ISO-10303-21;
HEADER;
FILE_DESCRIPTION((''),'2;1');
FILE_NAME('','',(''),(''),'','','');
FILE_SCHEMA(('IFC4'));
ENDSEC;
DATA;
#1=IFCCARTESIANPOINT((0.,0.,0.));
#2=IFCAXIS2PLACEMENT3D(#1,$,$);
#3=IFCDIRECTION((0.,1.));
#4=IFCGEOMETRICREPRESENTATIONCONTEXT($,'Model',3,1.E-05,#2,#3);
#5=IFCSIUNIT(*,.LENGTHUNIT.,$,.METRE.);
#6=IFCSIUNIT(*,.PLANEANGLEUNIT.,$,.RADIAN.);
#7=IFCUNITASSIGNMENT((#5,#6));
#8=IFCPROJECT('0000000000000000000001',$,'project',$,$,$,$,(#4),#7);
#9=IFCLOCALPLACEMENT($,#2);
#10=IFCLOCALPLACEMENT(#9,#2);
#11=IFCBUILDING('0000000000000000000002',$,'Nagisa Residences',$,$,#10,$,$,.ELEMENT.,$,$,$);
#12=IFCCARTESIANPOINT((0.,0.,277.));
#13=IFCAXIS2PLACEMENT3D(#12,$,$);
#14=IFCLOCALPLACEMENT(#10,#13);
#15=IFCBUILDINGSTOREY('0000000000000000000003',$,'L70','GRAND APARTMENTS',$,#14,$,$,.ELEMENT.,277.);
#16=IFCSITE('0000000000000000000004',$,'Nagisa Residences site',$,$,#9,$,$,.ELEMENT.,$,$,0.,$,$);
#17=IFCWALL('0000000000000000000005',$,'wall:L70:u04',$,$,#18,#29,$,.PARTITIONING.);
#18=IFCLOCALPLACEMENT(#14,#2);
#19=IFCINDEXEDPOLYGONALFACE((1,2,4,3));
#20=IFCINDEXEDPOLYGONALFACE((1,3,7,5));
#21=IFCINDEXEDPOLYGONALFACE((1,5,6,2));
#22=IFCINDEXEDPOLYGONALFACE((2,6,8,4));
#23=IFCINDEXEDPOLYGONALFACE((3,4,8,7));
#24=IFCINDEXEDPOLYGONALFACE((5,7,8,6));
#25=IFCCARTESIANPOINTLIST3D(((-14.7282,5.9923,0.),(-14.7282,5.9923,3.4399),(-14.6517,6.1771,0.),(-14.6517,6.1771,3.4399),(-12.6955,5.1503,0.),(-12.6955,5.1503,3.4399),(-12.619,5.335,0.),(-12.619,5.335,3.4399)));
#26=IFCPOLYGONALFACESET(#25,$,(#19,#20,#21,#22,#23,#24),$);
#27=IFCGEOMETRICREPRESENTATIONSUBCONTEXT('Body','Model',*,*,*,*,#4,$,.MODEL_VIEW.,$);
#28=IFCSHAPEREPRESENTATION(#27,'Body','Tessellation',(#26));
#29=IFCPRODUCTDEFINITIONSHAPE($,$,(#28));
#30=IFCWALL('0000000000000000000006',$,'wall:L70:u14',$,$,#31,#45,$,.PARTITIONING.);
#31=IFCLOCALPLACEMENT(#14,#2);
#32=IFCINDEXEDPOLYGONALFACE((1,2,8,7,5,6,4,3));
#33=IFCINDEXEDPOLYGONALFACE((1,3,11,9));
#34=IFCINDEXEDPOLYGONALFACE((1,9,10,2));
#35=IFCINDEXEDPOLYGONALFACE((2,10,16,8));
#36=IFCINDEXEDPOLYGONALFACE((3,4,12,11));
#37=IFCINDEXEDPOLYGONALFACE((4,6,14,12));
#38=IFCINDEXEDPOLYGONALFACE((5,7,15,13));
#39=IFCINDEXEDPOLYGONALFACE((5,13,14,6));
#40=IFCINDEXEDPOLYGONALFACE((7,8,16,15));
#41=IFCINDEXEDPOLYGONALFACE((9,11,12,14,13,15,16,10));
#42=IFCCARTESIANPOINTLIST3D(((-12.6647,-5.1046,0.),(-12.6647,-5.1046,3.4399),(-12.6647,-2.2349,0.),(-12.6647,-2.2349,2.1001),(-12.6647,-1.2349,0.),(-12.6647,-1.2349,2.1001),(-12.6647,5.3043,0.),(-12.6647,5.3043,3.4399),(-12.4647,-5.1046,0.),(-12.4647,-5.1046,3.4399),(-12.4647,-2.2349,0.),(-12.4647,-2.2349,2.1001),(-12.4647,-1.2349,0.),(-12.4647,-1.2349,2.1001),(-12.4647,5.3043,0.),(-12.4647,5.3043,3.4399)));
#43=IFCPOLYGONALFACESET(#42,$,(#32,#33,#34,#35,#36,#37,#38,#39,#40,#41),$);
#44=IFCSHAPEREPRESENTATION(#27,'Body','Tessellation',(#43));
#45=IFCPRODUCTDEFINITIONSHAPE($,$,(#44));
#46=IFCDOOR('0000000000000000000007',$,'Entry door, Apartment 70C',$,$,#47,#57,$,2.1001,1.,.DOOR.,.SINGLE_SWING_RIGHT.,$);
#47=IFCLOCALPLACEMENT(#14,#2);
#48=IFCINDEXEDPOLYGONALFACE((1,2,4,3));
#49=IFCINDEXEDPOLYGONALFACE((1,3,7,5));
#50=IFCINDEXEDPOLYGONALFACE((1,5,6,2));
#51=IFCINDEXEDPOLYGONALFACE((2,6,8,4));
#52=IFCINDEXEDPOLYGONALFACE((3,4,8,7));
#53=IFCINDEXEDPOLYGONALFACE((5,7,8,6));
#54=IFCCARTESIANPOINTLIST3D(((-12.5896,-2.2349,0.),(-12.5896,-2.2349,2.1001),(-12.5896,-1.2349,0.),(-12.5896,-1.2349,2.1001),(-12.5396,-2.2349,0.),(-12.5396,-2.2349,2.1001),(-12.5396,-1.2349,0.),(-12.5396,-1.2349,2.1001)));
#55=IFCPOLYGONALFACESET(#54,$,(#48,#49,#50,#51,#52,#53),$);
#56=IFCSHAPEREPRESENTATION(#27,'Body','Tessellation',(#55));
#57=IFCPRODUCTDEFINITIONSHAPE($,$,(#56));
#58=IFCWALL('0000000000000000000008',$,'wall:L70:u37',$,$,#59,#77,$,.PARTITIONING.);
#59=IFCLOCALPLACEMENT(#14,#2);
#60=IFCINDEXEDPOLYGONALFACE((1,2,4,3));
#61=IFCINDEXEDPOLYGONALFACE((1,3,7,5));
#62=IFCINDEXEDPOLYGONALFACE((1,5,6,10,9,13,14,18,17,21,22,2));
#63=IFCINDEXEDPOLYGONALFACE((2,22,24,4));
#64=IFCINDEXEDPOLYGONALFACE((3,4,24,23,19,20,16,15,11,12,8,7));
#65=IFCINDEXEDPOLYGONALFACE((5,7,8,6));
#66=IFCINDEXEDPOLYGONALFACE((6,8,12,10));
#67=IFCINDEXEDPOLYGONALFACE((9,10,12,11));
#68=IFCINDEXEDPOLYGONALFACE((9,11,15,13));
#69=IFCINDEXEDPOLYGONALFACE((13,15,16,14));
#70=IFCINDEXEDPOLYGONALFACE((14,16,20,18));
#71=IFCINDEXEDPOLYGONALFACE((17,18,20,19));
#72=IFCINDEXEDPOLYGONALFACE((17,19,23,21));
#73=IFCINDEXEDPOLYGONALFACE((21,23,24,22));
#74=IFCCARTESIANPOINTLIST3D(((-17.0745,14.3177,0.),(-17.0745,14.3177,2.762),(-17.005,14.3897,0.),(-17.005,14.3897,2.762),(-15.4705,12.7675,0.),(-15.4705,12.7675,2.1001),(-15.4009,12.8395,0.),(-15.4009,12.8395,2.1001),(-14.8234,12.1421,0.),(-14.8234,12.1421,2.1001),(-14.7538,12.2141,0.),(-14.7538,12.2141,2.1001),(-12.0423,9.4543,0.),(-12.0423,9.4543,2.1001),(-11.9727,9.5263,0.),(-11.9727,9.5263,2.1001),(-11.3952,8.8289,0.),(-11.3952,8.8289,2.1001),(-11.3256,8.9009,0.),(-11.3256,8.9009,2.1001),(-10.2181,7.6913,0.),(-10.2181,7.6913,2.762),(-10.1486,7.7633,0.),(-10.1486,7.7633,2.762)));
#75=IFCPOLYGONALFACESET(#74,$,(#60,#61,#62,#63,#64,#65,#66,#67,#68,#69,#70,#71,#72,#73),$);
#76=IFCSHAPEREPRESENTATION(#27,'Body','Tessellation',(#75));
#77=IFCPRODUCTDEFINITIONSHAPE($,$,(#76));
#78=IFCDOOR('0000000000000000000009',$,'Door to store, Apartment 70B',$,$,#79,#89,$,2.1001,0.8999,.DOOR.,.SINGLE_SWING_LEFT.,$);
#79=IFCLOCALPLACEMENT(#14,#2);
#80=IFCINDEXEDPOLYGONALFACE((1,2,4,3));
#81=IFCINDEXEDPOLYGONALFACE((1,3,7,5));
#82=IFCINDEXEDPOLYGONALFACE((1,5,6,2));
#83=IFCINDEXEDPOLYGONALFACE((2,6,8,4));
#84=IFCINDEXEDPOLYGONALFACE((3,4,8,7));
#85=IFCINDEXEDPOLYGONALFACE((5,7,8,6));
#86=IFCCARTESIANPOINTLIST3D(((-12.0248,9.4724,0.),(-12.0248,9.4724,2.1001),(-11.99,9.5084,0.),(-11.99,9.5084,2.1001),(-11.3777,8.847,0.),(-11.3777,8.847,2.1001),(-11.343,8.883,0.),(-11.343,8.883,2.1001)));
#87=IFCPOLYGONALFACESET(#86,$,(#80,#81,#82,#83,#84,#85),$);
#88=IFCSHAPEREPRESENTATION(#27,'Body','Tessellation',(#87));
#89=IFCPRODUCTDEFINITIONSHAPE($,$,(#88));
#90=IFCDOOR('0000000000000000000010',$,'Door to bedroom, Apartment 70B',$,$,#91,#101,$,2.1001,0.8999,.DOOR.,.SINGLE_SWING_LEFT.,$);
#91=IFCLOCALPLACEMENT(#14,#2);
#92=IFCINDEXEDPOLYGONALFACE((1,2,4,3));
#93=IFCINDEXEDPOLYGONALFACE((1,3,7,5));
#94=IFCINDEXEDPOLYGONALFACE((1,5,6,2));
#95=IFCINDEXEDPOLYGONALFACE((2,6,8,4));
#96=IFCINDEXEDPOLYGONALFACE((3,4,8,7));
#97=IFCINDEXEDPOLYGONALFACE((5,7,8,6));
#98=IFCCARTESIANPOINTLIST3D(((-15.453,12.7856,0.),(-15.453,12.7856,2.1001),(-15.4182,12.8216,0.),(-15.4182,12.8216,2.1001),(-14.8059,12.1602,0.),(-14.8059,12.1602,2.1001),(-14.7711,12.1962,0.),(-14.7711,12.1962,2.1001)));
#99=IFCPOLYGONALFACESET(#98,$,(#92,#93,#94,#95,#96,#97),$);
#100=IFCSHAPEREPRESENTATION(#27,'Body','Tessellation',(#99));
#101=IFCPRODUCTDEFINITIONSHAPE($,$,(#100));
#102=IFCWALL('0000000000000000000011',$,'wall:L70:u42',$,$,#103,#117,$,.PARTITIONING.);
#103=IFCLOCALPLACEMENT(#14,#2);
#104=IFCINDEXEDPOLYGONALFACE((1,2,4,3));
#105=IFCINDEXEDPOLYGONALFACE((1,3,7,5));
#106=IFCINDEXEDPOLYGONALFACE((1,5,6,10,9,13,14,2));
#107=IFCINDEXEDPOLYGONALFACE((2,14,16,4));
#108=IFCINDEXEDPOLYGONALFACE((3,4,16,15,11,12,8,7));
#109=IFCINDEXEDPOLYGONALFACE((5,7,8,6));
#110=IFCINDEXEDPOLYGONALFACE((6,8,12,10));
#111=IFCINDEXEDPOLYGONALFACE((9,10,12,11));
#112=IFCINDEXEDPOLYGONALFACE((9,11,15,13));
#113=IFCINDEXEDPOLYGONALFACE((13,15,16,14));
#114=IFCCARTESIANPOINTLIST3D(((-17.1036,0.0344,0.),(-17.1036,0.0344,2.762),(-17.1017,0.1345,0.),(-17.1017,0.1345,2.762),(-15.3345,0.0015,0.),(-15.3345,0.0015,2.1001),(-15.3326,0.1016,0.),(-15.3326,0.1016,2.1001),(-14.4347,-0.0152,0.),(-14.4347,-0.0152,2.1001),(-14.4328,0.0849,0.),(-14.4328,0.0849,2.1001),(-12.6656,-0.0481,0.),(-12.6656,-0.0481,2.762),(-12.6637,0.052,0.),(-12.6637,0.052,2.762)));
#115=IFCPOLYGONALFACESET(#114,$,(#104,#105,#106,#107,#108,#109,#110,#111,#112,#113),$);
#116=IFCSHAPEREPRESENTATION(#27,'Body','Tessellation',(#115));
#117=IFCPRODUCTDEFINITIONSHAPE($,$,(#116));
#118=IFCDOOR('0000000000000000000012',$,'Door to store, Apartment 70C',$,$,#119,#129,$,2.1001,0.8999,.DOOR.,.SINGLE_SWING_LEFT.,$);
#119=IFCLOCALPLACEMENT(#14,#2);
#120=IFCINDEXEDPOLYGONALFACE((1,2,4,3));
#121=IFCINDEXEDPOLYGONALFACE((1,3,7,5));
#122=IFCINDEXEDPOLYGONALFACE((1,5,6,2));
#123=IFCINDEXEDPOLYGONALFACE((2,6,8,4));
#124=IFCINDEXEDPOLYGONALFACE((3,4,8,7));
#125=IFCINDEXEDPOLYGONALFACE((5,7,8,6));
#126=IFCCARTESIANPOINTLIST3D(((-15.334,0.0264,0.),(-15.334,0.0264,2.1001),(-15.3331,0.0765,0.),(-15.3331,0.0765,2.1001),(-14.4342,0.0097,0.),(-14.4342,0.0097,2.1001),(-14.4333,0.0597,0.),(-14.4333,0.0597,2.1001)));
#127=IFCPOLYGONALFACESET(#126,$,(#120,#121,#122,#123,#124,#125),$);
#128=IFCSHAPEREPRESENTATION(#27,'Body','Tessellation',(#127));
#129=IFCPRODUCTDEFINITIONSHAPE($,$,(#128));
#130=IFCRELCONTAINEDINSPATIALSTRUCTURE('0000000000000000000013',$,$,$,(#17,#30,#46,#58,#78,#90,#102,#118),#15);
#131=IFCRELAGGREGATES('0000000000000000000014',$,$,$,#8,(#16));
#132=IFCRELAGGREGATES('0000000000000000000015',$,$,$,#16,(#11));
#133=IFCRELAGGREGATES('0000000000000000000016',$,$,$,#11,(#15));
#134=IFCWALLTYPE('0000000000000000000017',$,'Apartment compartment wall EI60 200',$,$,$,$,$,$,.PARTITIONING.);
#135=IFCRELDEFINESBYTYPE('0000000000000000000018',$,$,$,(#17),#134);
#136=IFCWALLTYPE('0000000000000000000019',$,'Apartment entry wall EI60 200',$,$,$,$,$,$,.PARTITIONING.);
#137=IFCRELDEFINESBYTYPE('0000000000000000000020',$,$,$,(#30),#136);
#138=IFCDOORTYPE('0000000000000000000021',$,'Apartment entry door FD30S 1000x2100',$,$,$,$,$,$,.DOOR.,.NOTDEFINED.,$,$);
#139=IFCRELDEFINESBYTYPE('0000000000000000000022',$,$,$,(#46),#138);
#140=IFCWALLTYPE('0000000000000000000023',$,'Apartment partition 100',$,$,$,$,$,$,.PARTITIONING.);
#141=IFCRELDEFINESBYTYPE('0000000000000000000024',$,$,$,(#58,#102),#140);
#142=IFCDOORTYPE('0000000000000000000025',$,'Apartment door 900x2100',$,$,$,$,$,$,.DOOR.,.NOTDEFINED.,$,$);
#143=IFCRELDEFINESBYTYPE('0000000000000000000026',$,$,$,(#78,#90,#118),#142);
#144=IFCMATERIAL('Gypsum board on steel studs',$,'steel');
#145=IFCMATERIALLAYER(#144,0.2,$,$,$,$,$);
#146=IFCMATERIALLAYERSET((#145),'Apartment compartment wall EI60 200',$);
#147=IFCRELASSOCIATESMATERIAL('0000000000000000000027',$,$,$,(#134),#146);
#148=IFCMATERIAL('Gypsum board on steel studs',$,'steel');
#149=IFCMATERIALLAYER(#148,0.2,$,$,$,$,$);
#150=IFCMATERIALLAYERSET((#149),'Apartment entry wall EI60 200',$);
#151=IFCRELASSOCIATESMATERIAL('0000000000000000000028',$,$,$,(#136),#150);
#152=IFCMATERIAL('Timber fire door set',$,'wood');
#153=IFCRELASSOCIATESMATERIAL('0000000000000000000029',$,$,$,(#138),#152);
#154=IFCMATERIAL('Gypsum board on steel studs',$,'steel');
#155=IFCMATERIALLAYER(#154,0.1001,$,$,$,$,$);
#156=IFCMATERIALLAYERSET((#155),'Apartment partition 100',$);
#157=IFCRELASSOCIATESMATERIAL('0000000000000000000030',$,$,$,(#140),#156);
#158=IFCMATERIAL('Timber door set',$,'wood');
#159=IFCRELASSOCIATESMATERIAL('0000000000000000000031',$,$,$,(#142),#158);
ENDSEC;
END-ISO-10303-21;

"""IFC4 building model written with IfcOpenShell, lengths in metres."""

from ifc_helpers import new_model, si_unit, direction, frame, frame_2d, origin, place, context, subcontext, project, spatial, rectangle, extrude, material, layer, layer_set, type_object, element, fill, save


model = new_model("IFC4")

# Units and contexts
model_context = context("Model", 3, precision=1e-05, world=origin(), true_north=direction((0.0, 1.0)))
body_context = subcontext(model_context, "Body", "Model", "MODEL_VIEW")
ifc_project = project(units=[si_unit("LENGTHUNIT", "METRE"), si_unit("PLANEANGLEUNIT", "RADIAN")], contexts=[model_context])

# Site, building, storey
site_placement = place(None, origin())
site = spatial("IfcSite", under=ifc_project, at=site_placement, Name="Nagisa Residences site", CompositionType="ELEMENT", RefElevation=0.0)
building_placement = place(site_placement, origin())
building = spatial("IfcBuilding", under=site, at=building_placement, Name="Nagisa Residences", CompositionType="ELEMENT")
storey_placement = place(building_placement, frame((0.0, 0.0, 277.0)))
storey = spatial("IfcBuildingStorey", under=building, at=storey_placement, Name="L70", Description="GRAND APARTMENTS", CompositionType="ELEMENT", Elevation=277.0)

# Wall
ifc_material_1 = material(Name="Gypsum board on steel studs", Category="steel")
ifc_layer_1 = layer(ifc_material_1, 0.2)
ifc_layer_set_1 = layer_set([ifc_layer_1], Name="Apartment compartment wall EI60 200")
wall_type_1 = type_object("IfcWallType", Name="Apartment compartment wall EI60 200", PredefinedType="PARTITIONING", material=ifc_layer_set_1)
wall_1_placement = place(storey_placement, frame((-12.6572, 5.2427, 0.0), z_axis=(0.0, 0.0, 1.0), x_axis=(-0.923869, 0.382708, 0.0)))
element("IfcWall", 1, at=wall_1_placement, inside=storey, type_object=wall_type_1, Name="wall:L70:u04", PredefinedType="PARTITIONING", context=body_context, shape_type="SweptSolid", body=[
    extrude(rectangle(XDim=2.2002, YDim=0.2, at=frame_2d((1.1001, 0.0))), origin(), (0.0, 0.0, 1.0), 3.4399),
])

# Wall, opening, door
ifc_material_2 = material(Name="Gypsum board on steel studs", Category="steel")
ifc_layer_2 = layer(ifc_material_2, 0.2)
ifc_layer_set_2 = layer_set([ifc_layer_2], Name="Apartment entry wall EI60 200")
wall_type_2 = type_object("IfcWallType", Name="Apartment entry wall EI60 200", PredefinedType="PARTITIONING", material=ifc_layer_set_2)
wall_2_placement = place(storey_placement, frame((-12.5647, 5.3044, 0.0), z_axis=(0.0, 0.0, 1.0), x_axis=(0.0, -1.0, 0.0)))
wall_2 = element("IfcWall", 2, at=wall_2_placement, inside=storey, type_object=wall_type_2, Name="wall:L70:u14", PredefinedType="PARTITIONING", context=body_context, shape_type="SweptSolid", body=[
    extrude(rectangle(XDim=10.4089, YDim=0.2, at=frame_2d((5.2046, 0.0))), origin(), (0.0, 0.0, 1.0), 3.4399),
])
opening_1_placement = place(wall_2_placement, frame((6.5393, 0.0, 0.0)))
opening_1 = element("IfcOpeningElement", 3, at=opening_1_placement, cuts=wall_2, PredefinedType="OPENING", context=body_context, shape_type="SweptSolid", body=[
    extrude(rectangle(XDim=1.0, YDim=2.1001, at=frame_2d((0.5, 1.05))), frame((0.0, 0.1099, 0.0), z_axis=(0.0, -1.0, 0.0), x_axis=(1.0, 0.0, 0.0)), (0.0, 0.0, 1.0), 0.22),
])
ifc_material_3 = material(Name="Timber fire door set", Category="wood")
door_type_1 = type_object("IfcDoorType", Name="Apartment entry door FD30S 1000x2100", OperationType="NOTDEFINED", PredefinedType="DOOR", material=ifc_material_3)
door_1_placement = place(opening_1_placement, frame((1.0, 0.0, 0.0), x_axis=(-1.0, 0.0, 0.0)))
door_1 = element("IfcDoor", 4, at=door_1_placement, inside=storey, type_object=door_type_1, Name="Entry door, Apartment 70C", OperationType="SINGLE_SWING_RIGHT", OverallHeight=2.1001, OverallWidth=1.0, PredefinedType="DOOR", context=body_context, shape_type="SweptSolid", body=[
    extrude(rectangle(XDim=1.0, YDim=2.1001, at=frame_2d((0.5, 1.05))), frame((0.0, 0.0249, 0.0), z_axis=(0.0, -1.0, 0.0), x_axis=(1.0, 0.0, 0.0)), (0.0, 0.0, 1.0), 0.05),
])
fill(opening_1, door_1)

# Wall, openings, doors
ifc_material_4 = material(Name="Gypsum board on steel studs", Category="steel")
ifc_layer_3 = layer(ifc_material_4, 0.1001)
ifc_layer_set_3 = layer_set([ifc_layer_3], Name="Apartment partition 100")
wall_type_3 = type_object("IfcWallType", Name="Apartment partition 100", PredefinedType="PARTITIONING", material=ifc_layer_set_3)
wall_3_placement = place(storey_placement, frame((-10.1833, 7.7273, 0.0), z_axis=(0.0, 0.0, 1.0), x_axis=(-0.719063, 0.694944, 0.0)))
wall_3 = element("IfcWall", 5, at=wall_3_placement, inside=storey, type_object=wall_type_3, Name="wall:L70:u37", PredefinedType="PARTITIONING", context=body_context, shape_type="SweptSolid", body=[
    extrude(rectangle(XDim=9.5352, YDim=0.1001, at=frame_2d((4.7676, 0.0))), origin(), (0.0, 0.0, 1.0), 2.762),
])
opening_2_placement = place(wall_3_placement, frame((1.637, 0.0, 0.0)))
opening_2 = element("IfcOpeningElement", 6, at=opening_2_placement, cuts=wall_3, PredefinedType="OPENING", context=body_context, shape_type="SweptSolid", body=[
    extrude(rectangle(XDim=0.8999, YDim=2.1001, at=frame_2d((0.45, 1.05))), frame((0.0, 0.0601, 0.0), z_axis=(0.0, -1.0, 0.0), x_axis=(1.0, 0.0, 0.0)), (0.0, 0.0, 1.0), 0.1201),
])
opening_3_placement = place(wall_3_placement, frame((6.4045, 0.0, 0.0)))
opening_3 = element("IfcOpeningElement", 7, at=opening_3_placement, cuts=wall_3, PredefinedType="OPENING", context=body_context, shape_type="SweptSolid", body=[
    extrude(rectangle(XDim=0.8999, YDim=2.1001, at=frame_2d((0.45, 1.05))), frame((0.0, 0.0601, 0.0), z_axis=(0.0, -1.0, 0.0), x_axis=(1.0, 0.0, 0.0)), (0.0, 0.0, 1.0), 0.1201),
])
ifc_material_5 = material(Name="Timber door set", Category="wood")
door_type_2 = type_object("IfcDoorType", Name="Apartment door 900x2100", OperationType="NOTDEFINED", PredefinedType="DOOR", material=ifc_material_5)
door_2_placement = place(opening_2_placement, origin())
door_2 = element("IfcDoor", 8, at=door_2_placement, inside=storey, type_object=door_type_2, Name="Door to store, Apartment 70B", OperationType="SINGLE_SWING_LEFT", OverallHeight=2.1001, OverallWidth=0.8999, PredefinedType="DOOR", context=body_context, shape_type="SweptSolid", body=[
    extrude(rectangle(XDim=0.8999, YDim=2.1001, at=frame_2d((0.45, 1.05))), frame((0.0, 0.0249, 0.0), z_axis=(0.0, -1.0, 0.0), x_axis=(1.0, 0.0, 0.0)), (0.0, 0.0, 1.0), 0.05),
])
fill(opening_2, door_2)
door_3_placement = place(opening_3_placement, origin())
door_3 = element("IfcDoor", 9, at=door_3_placement, inside=storey, type_object=door_type_2, Name="Door to bedroom, Apartment 70B", OperationType="SINGLE_SWING_LEFT", OverallHeight=2.1001, OverallWidth=0.8999, PredefinedType="DOOR", context=body_context, shape_type="SweptSolid", body=[
    extrude(rectangle(XDim=0.8999, YDim=2.1001, at=frame_2d((0.45, 1.05))), frame((0.0, 0.0249, 0.0), z_axis=(0.0, -1.0, 0.0), x_axis=(1.0, 0.0, 0.0)), (0.0, 0.0, 1.0), 0.05),
])
fill(opening_3, door_3)

# Wall, opening, door
wall_4_placement = place(storey_placement, frame((-12.6648, 0.002, 0.0), z_axis=(0.0, 0.0, 1.0), x_axis=(-0.999827, 0.018591, 0.0)))
wall_4 = element("IfcWall", 10, at=wall_4_placement, inside=storey, type_object=wall_type_3, Name="wall:L70:u42", PredefinedType="PARTITIONING", context=body_context, shape_type="SweptSolid", body=[
    extrude(rectangle(XDim=4.4387, YDim=0.1001, at=frame_2d((2.2192, 0.0))), origin(), (0.0, 0.0, 1.0), 2.762),
])
opening_4_placement = place(wall_4_placement, frame((1.7693, 0.0, 0.0)))
opening_4 = element("IfcOpeningElement", 11, at=opening_4_placement, cuts=wall_4, PredefinedType="OPENING", context=body_context, shape_type="SweptSolid", body=[
    extrude(rectangle(XDim=0.8999, YDim=2.1001, at=frame_2d((0.45, 1.05))), frame((0.0, 0.0601, 0.0), z_axis=(0.0, -1.0, 0.0), x_axis=(1.0, 0.0, 0.0)), (0.0, 0.0, 1.0), 0.1201),
])
door_4_placement = place(opening_4_placement, frame((0.8999, 0.0, 0.0), x_axis=(-1.0, 0.0, 0.0)))
door_4 = element("IfcDoor", 12, at=door_4_placement, inside=storey, type_object=door_type_2, Name="Door to store, Apartment 70C", OperationType="SINGLE_SWING_LEFT", OverallHeight=2.1001, OverallWidth=0.8999, PredefinedType="DOOR", context=body_context, shape_type="SweptSolid", body=[
    extrude(rectangle(XDim=0.8999, YDim=2.1001, at=frame_2d((0.45, 1.05))), frame((0.0, 0.0249, 0.0), z_axis=(0.0, -1.0, 0.0), x_axis=(1.0, 0.0, 0.0)), (0.0, 0.0, 1.0), 0.05),
])
fill(opening_4, door_4)

save(model, "model.ifc")
